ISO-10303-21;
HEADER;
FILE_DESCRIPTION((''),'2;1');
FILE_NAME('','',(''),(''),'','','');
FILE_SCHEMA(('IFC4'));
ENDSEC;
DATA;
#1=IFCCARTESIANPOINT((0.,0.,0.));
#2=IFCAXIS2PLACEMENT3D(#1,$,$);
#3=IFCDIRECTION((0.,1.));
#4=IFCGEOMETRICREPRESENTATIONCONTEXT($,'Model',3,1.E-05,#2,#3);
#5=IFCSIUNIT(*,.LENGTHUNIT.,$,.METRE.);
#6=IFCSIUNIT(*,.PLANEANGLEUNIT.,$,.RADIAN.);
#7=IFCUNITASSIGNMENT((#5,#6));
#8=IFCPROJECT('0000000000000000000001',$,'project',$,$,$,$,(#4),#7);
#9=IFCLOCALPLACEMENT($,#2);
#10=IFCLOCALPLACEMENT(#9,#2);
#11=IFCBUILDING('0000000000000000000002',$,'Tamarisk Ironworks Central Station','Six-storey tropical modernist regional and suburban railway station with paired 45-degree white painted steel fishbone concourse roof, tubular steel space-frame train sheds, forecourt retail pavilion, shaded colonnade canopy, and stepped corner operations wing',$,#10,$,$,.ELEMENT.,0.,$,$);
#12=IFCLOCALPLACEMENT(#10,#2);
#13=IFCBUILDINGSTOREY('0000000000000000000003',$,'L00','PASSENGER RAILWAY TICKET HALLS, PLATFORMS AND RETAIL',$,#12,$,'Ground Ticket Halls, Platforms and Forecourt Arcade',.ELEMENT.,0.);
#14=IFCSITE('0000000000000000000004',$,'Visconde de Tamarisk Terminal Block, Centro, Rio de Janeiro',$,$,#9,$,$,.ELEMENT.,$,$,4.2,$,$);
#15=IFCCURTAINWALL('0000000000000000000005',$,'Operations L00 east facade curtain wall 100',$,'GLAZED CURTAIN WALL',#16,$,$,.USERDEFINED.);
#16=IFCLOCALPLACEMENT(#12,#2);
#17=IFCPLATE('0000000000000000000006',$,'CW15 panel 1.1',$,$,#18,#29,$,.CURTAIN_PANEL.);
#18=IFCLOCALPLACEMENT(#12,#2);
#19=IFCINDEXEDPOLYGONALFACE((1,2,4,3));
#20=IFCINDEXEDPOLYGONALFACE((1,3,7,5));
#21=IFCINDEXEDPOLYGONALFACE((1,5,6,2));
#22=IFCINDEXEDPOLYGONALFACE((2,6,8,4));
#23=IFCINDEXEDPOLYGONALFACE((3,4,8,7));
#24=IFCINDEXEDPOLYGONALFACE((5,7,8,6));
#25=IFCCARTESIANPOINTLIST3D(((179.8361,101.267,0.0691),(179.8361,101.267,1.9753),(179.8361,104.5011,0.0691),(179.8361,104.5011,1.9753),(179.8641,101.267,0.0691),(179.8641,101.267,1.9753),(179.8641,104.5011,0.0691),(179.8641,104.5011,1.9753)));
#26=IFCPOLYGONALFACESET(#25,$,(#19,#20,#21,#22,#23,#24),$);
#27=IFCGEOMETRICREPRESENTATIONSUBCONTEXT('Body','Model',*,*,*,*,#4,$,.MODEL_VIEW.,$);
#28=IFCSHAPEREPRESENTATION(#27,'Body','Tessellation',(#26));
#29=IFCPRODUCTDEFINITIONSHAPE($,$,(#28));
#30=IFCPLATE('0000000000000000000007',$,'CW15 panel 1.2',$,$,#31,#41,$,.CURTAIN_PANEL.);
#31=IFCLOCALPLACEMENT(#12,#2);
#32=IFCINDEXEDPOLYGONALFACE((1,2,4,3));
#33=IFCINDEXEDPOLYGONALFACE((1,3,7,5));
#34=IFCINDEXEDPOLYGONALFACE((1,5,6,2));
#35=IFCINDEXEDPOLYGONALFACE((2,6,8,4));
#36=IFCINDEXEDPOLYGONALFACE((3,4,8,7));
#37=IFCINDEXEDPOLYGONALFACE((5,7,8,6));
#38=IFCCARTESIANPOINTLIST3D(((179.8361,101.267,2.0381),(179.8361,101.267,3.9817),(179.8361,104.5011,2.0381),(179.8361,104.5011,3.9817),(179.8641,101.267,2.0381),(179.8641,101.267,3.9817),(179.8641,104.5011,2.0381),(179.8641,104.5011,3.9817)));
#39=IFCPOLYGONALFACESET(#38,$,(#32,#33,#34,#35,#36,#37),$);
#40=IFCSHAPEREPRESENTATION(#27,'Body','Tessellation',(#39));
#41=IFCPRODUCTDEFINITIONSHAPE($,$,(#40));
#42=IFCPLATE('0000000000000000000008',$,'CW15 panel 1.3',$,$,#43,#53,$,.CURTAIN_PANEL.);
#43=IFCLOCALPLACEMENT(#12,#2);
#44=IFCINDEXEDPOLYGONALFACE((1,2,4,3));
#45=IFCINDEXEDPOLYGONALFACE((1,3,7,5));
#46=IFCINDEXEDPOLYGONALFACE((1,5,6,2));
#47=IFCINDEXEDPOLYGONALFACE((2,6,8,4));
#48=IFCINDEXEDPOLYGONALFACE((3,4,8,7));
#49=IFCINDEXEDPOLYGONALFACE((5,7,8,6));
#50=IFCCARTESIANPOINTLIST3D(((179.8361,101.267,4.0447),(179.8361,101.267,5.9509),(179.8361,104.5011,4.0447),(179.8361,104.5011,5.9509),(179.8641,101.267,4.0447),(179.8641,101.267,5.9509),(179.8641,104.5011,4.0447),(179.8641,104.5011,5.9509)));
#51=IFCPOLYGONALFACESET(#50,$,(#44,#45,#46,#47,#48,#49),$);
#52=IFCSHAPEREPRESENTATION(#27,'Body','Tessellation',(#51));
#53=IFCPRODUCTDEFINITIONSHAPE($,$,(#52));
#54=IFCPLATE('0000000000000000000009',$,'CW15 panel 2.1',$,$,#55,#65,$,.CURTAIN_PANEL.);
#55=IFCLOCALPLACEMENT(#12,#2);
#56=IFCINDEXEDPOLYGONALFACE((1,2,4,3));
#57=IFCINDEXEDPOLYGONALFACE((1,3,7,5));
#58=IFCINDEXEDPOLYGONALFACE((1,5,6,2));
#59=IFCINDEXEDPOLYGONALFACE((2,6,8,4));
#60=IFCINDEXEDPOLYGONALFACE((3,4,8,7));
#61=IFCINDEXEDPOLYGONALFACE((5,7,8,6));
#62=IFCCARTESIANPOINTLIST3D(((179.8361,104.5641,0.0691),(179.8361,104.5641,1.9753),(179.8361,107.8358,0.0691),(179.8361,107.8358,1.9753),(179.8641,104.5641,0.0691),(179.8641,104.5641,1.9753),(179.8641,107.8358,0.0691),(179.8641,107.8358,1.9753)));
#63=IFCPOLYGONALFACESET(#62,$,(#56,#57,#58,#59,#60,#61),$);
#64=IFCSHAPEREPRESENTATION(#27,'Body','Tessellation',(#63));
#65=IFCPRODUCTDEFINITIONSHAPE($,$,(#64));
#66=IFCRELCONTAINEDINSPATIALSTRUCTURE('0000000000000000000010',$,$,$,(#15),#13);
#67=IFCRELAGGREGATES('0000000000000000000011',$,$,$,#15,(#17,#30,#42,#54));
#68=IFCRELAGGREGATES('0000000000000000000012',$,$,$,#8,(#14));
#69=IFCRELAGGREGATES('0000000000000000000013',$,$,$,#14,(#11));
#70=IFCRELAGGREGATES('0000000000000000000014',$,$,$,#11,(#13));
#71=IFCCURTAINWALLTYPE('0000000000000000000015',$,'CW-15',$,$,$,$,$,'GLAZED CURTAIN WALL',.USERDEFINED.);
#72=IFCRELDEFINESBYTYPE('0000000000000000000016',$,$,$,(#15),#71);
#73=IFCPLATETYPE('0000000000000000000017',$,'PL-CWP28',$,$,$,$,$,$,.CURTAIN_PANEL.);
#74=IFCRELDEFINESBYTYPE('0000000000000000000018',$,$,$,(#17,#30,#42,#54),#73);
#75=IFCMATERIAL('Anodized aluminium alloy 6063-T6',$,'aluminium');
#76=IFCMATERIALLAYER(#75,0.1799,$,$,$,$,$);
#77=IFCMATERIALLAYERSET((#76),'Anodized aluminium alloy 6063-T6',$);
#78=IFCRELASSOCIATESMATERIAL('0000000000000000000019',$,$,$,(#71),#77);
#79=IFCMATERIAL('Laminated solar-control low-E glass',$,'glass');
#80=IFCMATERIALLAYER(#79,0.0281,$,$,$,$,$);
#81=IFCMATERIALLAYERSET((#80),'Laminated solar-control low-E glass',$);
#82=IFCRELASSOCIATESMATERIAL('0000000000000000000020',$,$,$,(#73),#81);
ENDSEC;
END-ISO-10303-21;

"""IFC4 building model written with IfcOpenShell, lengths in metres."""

from ifc_helpers import new_model, si_unit, direction, frame, origin, origin_2d, place, context, subcontext, project, spatial, rectangle, extrude, material, layer, layer_set, type_object, element, aggregate, save


model = new_model("IFC4")

# Units and contexts
model_context = context("Model", 3, precision=1e-05, world=origin(), true_north=direction((0.0, 1.0)))
body_context = subcontext(model_context, "Body", "Model", "MODEL_VIEW")
ifc_project = project(units=[si_unit("LENGTHUNIT", "METRE"), si_unit("PLANEANGLEUNIT", "RADIAN")], contexts=[model_context])

# Site, building, storey
site_placement = place(None, origin())
site = spatial("IfcSite", under=ifc_project, at=site_placement, Name="Visconde de Tamarisk Terminal Block, Centro, Rio de Janeiro", CompositionType="ELEMENT", RefElevation=4.2)
building_placement = place(site_placement, origin())
building = spatial("IfcBuilding", under=site, at=building_placement, Name="Tamarisk Ironworks Central Station", Description="Six-storey tropical modernist regional and suburban railway station with paired 45-degree white painted steel fishbone concourse roof, tubular steel space-frame train sheds, forecourt retail pavilion, shaded colonnade canopy, and stepped corner operations wing", CompositionType="ELEMENT", ElevationOfRefHeight=0.0)
storey_placement = place(building_placement, origin())
storey = spatial("IfcBuildingStorey", under=building, at=storey_placement, Name="L00", Description="PASSENGER RAILWAY TICKET HALLS, PLATFORMS AND RETAIL", LongName="Ground Ticket Halls, Platforms and Forecourt Arcade", CompositionType="ELEMENT", Elevation=0.0)

# Shared definitions
ifc_material_1 = material(Name="Anodized aluminium alloy 6063-T6", Category="aluminium")
ifc_layer_1 = layer(ifc_material_1, 0.1799)
ifc_layer_set_1 = layer_set([ifc_layer_1], Name="Anodized aluminium alloy 6063-T6")
curtain_wall_type = type_object("IfcCurtainWallType", Name="CW-15", ElementType="GLAZED CURTAIN WALL", PredefinedType="USERDEFINED", material=ifc_layer_set_1)

# Curtain wall
curtain_wall_1_placement = place(storey_placement, origin())
curtain_wall_1 = element("IfcCurtainWall", 1, at=curtain_wall_1_placement, inside=storey, type_object=curtain_wall_type, Name="Operations L00 east facade curtain wall 100", ObjectType="GLAZED CURTAIN WALL", PredefinedType="USERDEFINED")

# Plates
ifc_material_2 = material(Name="Laminated solar-control low-E glass", Category="glass")
ifc_layer_2 = layer(ifc_material_2, 0.0281)
ifc_layer_set_2 = layer_set([ifc_layer_2], Name="Laminated solar-control low-E glass")
plate_type = type_object("IfcPlateType", Name="PL-CWP28", PredefinedType="CURTAIN_PANEL", material=ifc_layer_set_2)
plate_1_placement = place(storey_placement, frame((179.8501, 102.884, 0.0691), z_axis=(0.0, 0.0, 1.0), x_axis=(0.0, 1.0, 0.0)))
plate_1 = element("IfcPlate", 2, at=plate_1_placement, type_object=plate_type, Name="CW15 panel 1.1", PredefinedType="CURTAIN_PANEL", context=body_context, shape_type="SweptSolid", body=[
    extrude(rectangle(XDim=3.2341, YDim=0.0281, at=origin_2d()), origin(), (0.0, 0.0, 1.0), 1.9062),
])
plate_2_placement = place(storey_placement, frame((179.8501, 102.884, 2.0381), z_axis=(0.0, 0.0, 1.0), x_axis=(0.0, 1.0, 0.0)))
plate_2 = element("IfcPlate", 3, at=plate_2_placement, type_object=plate_type, Name="CW15 panel 1.2", PredefinedType="CURTAIN_PANEL", context=body_context, shape_type="SweptSolid", body=[
    extrude(rectangle(XDim=3.2341, YDim=0.0281, at=origin_2d()), origin(), (0.0, 0.0, 1.0), 1.9436),
])
plate_3_placement = place(storey_placement, frame((179.8501, 102.884, 4.0447), z_axis=(0.0, 0.0, 1.0), x_axis=(0.0, 1.0, 0.0)))
plate_3 = element("IfcPlate", 4, at=plate_3_placement, type_object=plate_type, Name="CW15 panel 1.3", PredefinedType="CURTAIN_PANEL", context=body_context, shape_type="SweptSolid", body=[
    extrude(rectangle(XDim=3.2341, YDim=0.0281, at=origin_2d()), origin(), (0.0, 0.0, 1.0), 1.9062),
])
plate_4_placement = place(storey_placement, frame((179.8501, 106.2, 0.0691), z_axis=(0.0, 0.0, 1.0), x_axis=(0.0, 1.0, 0.0)))
plate_4 = element("IfcPlate", 5, at=plate_4_placement, type_object=plate_type, Name="CW15 panel 2.1", PredefinedType="CURTAIN_PANEL", context=body_context, shape_type="SweptSolid", body=[
    extrude(rectangle(XDim=3.2717, YDim=0.0281, at=origin_2d()), origin(), (0.0, 0.0, 1.0), 1.9062),
])
aggregate(curtain_wall_1, [plate_1, plate_2, plate_3, plate_4])

save(model, "model.ifc")
